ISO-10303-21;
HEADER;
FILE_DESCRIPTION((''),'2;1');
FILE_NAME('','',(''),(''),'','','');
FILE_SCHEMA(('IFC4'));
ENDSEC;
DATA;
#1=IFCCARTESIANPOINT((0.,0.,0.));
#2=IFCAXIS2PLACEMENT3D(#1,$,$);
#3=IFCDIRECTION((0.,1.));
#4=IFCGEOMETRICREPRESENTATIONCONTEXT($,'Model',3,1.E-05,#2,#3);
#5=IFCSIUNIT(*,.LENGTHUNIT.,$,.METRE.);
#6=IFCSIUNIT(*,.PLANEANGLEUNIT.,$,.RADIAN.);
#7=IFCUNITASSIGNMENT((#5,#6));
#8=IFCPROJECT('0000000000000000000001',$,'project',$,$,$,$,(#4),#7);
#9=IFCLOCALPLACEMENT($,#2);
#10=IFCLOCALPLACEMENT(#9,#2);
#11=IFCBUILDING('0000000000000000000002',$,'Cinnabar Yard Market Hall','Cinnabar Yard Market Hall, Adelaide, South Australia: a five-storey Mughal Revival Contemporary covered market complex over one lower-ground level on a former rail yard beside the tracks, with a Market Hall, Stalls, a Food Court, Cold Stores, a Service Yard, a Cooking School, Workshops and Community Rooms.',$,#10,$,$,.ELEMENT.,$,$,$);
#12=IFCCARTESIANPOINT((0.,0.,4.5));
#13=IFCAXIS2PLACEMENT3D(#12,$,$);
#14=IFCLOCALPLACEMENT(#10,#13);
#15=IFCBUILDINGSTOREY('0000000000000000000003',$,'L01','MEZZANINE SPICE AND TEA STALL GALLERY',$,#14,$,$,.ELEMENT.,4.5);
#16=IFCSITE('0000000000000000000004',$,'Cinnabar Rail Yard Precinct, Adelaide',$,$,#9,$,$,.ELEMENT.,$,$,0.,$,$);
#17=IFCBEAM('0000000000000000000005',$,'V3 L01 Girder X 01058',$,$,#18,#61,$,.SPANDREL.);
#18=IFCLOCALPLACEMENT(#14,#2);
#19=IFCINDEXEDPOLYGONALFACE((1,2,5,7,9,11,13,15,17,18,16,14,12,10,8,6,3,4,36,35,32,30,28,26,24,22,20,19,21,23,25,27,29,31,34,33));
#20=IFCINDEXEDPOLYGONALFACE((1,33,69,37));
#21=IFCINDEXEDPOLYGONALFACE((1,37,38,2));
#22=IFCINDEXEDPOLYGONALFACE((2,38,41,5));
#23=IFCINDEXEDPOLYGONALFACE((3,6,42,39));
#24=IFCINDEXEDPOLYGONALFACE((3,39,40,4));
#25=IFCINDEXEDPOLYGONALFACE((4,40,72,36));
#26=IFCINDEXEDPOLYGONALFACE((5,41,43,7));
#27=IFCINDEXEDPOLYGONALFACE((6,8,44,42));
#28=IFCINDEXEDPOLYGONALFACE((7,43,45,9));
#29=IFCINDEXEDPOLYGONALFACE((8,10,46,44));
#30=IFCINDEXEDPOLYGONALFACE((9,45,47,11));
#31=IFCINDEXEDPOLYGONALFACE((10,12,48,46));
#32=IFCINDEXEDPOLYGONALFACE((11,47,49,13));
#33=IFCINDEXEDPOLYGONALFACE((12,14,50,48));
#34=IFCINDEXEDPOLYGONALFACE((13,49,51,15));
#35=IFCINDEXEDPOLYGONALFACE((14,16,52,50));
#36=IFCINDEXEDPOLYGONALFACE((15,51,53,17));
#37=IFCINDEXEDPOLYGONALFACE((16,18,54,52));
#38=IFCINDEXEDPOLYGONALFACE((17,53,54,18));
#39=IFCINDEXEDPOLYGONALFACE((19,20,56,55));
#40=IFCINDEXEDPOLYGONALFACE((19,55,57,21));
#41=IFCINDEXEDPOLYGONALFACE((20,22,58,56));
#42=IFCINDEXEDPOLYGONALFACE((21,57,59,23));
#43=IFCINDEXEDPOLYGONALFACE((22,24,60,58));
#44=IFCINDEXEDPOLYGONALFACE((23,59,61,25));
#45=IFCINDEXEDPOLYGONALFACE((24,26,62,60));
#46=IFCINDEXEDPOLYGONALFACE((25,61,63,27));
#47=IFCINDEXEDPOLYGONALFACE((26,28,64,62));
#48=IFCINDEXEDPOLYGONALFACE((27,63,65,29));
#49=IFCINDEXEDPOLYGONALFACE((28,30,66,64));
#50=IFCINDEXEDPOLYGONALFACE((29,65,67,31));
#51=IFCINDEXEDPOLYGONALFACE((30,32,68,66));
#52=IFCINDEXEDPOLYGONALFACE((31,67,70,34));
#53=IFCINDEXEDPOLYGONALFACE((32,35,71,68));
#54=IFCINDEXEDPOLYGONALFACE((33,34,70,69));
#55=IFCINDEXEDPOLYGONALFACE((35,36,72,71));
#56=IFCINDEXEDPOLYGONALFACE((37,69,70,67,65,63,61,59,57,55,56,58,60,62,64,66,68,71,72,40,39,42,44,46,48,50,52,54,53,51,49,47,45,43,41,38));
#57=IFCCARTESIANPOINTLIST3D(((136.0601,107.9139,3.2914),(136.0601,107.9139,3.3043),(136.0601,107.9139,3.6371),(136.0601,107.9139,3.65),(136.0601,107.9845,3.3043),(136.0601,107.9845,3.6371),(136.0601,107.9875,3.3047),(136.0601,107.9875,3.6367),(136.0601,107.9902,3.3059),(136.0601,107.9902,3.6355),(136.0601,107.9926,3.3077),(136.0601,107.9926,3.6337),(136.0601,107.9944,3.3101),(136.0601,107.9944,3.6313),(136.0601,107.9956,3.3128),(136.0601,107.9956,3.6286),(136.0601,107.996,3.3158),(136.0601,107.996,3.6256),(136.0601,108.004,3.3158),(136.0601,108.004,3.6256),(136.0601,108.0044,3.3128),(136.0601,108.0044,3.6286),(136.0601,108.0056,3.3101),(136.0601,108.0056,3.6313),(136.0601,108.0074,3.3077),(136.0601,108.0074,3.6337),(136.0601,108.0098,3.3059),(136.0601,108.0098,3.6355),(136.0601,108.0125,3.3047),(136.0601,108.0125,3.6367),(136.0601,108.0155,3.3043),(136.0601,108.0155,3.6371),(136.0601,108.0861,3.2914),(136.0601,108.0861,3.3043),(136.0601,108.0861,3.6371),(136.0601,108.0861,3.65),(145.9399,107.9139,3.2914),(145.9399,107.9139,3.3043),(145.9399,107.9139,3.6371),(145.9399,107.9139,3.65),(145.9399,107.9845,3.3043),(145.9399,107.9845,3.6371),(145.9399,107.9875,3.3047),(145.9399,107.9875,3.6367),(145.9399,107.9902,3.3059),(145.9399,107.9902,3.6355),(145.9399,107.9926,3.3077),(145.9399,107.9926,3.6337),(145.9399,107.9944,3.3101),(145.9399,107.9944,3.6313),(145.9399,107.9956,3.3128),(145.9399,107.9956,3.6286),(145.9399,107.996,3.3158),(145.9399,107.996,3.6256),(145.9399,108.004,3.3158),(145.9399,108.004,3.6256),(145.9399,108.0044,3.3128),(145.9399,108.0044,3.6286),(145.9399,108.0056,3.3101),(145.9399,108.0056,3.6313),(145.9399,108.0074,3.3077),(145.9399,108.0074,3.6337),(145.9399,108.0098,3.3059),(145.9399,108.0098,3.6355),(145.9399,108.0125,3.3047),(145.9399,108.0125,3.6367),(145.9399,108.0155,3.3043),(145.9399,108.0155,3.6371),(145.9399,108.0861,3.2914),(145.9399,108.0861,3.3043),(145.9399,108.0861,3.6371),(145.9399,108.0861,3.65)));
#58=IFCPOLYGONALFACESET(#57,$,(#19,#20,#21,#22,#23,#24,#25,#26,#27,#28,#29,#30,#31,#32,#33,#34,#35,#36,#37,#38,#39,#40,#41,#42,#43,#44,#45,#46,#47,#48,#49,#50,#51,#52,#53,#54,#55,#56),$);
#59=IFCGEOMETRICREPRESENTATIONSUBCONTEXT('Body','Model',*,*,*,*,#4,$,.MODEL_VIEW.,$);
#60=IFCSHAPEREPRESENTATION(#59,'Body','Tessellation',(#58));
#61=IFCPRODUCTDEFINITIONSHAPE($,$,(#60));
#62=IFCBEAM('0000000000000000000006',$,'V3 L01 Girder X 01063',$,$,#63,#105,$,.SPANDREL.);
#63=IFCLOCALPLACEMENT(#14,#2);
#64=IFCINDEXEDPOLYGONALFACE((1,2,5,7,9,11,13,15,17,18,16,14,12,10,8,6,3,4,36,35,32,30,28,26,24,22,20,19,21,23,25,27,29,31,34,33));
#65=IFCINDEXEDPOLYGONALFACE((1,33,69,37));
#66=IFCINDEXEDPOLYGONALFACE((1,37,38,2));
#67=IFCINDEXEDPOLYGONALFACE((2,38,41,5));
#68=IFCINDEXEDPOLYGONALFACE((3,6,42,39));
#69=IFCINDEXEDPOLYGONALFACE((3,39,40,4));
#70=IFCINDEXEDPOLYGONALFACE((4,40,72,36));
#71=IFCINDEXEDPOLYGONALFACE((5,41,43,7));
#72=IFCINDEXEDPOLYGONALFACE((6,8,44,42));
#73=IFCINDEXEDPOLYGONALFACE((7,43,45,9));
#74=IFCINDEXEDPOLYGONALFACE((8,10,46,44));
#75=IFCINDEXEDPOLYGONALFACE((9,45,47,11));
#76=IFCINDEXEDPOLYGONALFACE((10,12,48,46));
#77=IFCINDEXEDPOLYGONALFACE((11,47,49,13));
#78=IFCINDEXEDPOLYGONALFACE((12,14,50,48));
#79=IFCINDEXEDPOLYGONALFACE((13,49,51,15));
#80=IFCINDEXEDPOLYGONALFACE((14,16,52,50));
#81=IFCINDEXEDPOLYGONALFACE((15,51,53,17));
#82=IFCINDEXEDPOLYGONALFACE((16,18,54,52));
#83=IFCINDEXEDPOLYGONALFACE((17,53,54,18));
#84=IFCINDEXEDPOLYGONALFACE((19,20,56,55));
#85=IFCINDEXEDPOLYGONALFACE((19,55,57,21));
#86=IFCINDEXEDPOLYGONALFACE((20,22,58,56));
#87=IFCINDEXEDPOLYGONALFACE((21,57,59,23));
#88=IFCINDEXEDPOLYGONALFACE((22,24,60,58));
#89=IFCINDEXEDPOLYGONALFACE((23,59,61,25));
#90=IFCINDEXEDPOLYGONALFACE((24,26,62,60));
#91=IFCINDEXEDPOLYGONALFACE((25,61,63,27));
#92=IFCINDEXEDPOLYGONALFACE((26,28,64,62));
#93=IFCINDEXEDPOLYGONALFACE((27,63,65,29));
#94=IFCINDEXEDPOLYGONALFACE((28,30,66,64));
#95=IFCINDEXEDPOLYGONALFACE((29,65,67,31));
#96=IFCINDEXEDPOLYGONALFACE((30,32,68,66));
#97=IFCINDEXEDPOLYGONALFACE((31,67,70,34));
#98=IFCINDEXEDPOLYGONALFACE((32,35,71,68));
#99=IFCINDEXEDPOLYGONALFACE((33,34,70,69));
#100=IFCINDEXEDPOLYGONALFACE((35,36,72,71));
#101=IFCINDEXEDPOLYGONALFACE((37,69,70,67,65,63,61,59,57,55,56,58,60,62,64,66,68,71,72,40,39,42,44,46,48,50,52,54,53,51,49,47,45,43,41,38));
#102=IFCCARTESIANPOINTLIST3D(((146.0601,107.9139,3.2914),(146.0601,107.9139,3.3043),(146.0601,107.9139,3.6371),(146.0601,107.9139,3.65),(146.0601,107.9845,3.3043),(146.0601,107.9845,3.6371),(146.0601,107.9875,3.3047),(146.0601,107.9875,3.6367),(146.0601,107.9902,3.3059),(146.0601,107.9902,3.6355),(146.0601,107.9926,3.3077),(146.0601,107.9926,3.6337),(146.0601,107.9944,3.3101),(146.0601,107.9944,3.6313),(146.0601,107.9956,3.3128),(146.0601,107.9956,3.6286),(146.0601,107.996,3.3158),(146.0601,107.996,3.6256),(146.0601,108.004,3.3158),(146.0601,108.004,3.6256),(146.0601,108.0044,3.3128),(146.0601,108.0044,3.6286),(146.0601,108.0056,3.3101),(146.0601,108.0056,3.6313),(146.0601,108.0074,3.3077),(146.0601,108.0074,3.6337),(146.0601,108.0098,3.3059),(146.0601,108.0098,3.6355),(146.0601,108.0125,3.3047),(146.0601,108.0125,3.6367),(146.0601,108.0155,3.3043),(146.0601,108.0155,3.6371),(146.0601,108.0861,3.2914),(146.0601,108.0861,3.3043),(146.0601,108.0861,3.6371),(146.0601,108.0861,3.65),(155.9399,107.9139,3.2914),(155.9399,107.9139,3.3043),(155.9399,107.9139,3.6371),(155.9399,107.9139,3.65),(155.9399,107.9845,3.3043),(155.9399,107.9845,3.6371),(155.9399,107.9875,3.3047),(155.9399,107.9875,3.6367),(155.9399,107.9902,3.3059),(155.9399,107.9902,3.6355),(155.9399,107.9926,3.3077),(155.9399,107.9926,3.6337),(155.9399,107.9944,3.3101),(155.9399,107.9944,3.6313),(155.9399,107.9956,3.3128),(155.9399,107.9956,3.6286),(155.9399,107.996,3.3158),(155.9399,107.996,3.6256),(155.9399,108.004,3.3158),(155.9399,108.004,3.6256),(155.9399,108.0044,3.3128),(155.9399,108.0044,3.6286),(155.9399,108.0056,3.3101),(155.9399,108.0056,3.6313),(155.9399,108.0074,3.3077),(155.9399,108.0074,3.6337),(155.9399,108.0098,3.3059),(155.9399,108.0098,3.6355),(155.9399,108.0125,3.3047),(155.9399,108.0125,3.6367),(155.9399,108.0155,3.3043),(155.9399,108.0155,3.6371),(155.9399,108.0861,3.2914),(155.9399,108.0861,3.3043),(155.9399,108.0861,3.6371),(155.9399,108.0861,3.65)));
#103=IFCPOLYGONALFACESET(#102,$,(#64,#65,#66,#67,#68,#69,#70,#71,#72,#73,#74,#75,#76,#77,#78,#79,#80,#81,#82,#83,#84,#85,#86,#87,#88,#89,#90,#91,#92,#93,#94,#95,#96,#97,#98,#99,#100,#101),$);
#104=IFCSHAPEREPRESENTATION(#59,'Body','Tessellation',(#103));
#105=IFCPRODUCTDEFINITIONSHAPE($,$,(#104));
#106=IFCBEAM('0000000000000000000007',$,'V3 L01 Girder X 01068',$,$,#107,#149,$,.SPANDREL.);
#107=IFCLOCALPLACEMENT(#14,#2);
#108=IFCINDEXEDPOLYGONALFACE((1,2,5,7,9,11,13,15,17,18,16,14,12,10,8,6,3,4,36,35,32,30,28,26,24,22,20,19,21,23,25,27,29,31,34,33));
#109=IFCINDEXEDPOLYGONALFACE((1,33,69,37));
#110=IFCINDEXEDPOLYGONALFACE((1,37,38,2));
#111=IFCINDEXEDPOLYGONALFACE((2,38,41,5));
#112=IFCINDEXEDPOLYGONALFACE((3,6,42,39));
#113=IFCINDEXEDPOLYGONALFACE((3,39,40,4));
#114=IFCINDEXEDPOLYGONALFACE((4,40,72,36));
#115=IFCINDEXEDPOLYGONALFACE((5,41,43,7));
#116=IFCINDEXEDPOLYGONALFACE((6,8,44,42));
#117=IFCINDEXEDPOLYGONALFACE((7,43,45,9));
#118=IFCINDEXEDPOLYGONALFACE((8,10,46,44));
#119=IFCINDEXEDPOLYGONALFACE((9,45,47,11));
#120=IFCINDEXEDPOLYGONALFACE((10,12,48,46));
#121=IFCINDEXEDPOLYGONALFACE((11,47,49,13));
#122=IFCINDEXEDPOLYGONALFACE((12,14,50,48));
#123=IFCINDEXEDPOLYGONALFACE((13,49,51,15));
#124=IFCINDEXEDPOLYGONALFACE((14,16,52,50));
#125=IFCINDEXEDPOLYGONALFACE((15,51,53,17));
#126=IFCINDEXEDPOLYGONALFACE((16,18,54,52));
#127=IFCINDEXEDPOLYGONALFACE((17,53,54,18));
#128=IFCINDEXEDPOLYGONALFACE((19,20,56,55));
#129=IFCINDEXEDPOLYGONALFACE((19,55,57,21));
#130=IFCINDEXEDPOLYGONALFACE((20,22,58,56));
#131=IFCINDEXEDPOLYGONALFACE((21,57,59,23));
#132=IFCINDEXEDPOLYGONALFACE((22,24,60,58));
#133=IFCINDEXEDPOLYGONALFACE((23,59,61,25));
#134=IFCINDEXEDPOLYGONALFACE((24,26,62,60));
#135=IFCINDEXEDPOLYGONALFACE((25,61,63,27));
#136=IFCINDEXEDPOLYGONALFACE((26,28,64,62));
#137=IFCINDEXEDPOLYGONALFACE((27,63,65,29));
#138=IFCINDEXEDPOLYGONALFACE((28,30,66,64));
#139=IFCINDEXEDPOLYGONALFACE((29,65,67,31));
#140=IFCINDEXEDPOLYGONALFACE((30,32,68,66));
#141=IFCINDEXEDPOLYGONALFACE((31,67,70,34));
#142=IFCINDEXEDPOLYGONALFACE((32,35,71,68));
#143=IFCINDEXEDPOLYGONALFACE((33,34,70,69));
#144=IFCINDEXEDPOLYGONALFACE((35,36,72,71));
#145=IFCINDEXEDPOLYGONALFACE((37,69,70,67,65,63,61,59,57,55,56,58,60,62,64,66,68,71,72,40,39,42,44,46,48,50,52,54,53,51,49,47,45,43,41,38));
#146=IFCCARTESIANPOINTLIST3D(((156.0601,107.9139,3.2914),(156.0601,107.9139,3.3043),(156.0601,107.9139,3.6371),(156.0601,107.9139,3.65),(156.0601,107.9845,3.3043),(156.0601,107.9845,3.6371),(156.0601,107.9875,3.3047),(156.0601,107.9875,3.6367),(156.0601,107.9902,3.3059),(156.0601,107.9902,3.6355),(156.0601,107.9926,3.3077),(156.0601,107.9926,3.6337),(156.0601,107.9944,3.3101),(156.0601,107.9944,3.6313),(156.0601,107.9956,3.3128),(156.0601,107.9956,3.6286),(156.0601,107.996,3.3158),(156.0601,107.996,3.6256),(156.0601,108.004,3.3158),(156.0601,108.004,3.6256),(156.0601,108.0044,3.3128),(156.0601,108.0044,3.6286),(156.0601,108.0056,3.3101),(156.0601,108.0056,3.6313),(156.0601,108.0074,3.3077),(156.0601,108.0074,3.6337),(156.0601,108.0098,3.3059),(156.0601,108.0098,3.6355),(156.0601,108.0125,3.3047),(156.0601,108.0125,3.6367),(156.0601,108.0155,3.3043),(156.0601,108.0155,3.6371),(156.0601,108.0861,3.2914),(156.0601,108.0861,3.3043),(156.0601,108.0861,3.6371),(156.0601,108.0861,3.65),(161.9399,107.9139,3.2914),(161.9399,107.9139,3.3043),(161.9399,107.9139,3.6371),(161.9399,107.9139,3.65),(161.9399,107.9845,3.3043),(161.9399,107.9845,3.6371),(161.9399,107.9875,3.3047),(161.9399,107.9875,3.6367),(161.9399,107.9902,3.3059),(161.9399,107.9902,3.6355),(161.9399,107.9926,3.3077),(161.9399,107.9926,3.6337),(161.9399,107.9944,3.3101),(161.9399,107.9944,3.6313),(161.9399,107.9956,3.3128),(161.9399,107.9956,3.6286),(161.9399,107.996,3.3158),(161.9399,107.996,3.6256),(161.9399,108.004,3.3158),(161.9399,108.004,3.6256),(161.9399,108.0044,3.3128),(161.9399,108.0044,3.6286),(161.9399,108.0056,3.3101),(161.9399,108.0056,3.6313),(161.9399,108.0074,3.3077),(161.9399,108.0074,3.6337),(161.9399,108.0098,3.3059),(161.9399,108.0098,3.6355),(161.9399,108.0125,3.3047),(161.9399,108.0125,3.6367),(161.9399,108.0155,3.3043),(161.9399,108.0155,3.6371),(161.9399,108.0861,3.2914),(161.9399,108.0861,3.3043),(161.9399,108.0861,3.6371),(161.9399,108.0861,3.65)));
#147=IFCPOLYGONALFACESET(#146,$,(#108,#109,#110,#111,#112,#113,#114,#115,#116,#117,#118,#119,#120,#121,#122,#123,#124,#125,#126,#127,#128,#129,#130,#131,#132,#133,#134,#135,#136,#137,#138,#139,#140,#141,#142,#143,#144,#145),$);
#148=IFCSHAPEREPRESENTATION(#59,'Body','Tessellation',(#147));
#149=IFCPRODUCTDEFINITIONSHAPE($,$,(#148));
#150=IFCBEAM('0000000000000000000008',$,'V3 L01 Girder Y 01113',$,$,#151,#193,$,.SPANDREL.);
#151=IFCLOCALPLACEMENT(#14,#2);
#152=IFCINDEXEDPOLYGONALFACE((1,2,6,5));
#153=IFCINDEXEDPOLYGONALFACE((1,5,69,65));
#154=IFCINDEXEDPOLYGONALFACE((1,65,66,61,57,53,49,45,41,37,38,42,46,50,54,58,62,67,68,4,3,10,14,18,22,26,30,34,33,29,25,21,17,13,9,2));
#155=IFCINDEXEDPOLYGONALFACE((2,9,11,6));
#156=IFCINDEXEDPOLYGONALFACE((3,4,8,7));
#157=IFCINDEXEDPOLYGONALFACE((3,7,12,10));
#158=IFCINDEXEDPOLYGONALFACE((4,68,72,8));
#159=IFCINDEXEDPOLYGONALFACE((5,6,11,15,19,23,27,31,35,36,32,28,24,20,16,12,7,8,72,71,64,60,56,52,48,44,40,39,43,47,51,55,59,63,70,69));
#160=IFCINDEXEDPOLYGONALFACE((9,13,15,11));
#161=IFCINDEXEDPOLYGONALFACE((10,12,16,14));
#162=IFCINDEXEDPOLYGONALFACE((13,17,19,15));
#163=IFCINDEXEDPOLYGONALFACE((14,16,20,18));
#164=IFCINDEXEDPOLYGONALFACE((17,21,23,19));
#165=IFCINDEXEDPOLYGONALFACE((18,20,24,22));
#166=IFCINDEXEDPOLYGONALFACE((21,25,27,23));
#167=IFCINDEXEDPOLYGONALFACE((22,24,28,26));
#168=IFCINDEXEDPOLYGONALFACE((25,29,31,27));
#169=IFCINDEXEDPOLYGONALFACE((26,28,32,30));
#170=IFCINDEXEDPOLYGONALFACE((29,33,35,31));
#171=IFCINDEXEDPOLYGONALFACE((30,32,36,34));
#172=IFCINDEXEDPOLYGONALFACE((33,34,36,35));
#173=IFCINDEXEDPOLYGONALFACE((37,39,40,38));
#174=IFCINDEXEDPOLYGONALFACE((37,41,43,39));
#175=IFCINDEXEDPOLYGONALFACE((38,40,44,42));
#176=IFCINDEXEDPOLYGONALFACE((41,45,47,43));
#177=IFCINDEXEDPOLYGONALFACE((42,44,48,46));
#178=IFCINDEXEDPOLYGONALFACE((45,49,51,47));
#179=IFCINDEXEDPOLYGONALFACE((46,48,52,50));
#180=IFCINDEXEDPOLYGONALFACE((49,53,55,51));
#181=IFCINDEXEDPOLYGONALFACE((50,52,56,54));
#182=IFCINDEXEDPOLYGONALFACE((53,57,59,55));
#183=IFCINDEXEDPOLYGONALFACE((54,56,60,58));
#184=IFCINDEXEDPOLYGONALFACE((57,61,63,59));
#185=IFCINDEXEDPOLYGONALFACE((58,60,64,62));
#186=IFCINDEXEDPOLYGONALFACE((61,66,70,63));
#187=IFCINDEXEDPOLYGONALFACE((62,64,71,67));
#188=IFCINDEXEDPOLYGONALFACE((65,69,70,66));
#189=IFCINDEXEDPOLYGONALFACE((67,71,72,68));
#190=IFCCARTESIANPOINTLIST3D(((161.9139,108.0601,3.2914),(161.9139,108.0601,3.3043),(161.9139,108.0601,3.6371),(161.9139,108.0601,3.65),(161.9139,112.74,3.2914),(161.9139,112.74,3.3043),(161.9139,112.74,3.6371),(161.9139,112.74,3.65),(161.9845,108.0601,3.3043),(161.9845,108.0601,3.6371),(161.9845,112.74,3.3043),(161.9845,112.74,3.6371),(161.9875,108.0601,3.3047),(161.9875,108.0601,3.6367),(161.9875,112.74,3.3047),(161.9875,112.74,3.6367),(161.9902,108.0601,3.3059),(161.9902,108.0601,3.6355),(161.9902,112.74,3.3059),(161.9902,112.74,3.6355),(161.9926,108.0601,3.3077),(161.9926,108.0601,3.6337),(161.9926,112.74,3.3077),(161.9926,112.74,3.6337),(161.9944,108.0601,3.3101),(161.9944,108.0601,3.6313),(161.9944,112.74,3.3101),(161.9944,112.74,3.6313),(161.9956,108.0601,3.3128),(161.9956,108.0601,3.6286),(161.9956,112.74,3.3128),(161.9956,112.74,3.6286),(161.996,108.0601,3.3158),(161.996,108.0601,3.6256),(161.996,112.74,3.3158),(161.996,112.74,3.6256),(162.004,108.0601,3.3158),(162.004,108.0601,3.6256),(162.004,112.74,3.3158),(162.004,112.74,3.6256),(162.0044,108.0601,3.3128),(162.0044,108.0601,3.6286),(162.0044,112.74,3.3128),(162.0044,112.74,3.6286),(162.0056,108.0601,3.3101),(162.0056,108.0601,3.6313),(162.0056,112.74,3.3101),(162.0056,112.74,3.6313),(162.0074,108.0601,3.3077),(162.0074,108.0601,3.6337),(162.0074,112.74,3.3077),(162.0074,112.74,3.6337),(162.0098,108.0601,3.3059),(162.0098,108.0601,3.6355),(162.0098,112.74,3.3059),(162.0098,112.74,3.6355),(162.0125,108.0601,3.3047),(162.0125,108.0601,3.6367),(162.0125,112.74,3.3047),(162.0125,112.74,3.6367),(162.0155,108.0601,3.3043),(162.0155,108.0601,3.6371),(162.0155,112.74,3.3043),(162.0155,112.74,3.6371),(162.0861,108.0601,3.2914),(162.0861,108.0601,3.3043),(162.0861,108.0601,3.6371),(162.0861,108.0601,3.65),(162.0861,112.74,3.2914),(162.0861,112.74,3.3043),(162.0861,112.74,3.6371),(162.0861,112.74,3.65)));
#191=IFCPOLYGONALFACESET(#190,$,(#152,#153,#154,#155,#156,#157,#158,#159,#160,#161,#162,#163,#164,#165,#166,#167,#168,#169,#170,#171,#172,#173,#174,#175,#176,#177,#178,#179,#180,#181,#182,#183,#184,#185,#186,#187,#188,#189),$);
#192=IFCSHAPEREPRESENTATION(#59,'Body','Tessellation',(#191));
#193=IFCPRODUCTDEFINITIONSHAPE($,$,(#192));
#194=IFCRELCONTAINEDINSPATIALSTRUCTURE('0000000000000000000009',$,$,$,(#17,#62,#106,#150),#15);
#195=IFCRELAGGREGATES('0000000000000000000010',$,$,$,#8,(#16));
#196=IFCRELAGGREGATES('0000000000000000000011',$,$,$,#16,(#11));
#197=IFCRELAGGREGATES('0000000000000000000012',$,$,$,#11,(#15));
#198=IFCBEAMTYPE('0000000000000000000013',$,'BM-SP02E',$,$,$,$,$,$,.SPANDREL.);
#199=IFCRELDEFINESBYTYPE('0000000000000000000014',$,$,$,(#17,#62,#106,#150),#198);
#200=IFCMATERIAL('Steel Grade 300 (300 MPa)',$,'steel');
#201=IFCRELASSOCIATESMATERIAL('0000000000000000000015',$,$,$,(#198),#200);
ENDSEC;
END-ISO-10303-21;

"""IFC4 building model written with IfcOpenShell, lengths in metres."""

from ifc_helpers import new_model, si_unit, direction, frame, origin, origin_2d_with_axis, place, context, subcontext, project, spatial, i_section, extrude, material, material_profile, profile_set, type_object, element, save


model = new_model("IFC4")

# Units and contexts
model_context = context("Model", 3, precision=1e-05, world=origin(), true_north=direction((0.0, 1.0)))
body_context = subcontext(model_context, "Body", "Model", "MODEL_VIEW")
ifc_project = project(units=[si_unit("LENGTHUNIT", "METRE"), si_unit("PLANEANGLEUNIT", "RADIAN")], contexts=[model_context])

# Site, building, storey
site_placement = place(None, origin())
site = spatial("IfcSite", under=ifc_project, at=site_placement, Name="Cinnabar Rail Yard Precinct, Adelaide", CompositionType="ELEMENT", RefElevation=0.0)
building_placement = place(site_placement, origin())
building = spatial("IfcBuilding", under=site, at=building_placement, Name="Cinnabar Yard Market Hall", Description="Cinnabar Yard Market Hall, Adelaide, South Australia: a five-storey Mughal Revival Contemporary covered market complex over one lower-ground level on a former rail yard beside the tracks, with a Market Hall, Stalls, a Food Court, Cold Stores, a Service Yard, a Cooking School, Workshops and Community Rooms.", CompositionType="ELEMENT")
storey_placement = place(building_placement, frame((0.0, 0.0, 4.5)))
storey = spatial("IfcBuildingStorey", under=building, at=storey_placement, Name="L01", Description="MEZZANINE SPICE AND TEA STALL GALLERY", CompositionType="ELEMENT", Elevation=4.5)

# Shared definitions
ifc_material_1 = material(Name="Steel Grade 300 (300 MPa)", Category="steel")

# Beams
ifc_material_profile_1 = material_profile(ifc_material_1, i_section(OverallWidth=0.1721, OverallDepth=0.3586, WebThickness=0.0081, FlangeThickness=0.0129, FilletRadius=0.0115, at=origin_2d_with_axis()), Name="360UB56.7")
ifc_profile_set_1 = profile_set([ifc_material_profile_1], Name="Steel Grade 300 (300 MPa)")
beam_type_1 = type_object("IfcBeamType", Name="BM-SP02E", PredefinedType="SPANDREL", material=ifc_profile_set_1)
for number, where, z_axis, x_axis, name in (
    (1, (136.0601, 108.0, 3.4707), (1.0, 0.0, 0.0), (0.0, 1.0, 0.0), "V3 L01 Girder X 01058"),
    (2, (146.0601, 108.0, 3.4707), (1.0, 0.0, 0.0), (0.0, 1.0, 0.0), "V3 L01 Girder X 01063"),
):
    element("IfcBeam", number, at=place(storey_placement, frame(where, z_axis=z_axis, x_axis=x_axis)), inside=storey, type_object=beam_type_1, Name=name, PredefinedType="SPANDREL", context=body_context, shape_type="SweptSolid", body=[
        extrude(i_section(OverallWidth=0.1721, OverallDepth=0.3586, WebThickness=0.0081, FlangeThickness=0.0129, FilletRadius=0.0115, at=origin_2d_with_axis()), origin(), (0.0, 0.0, 1.0), 9.8799),
    ])
beam_1_placement = place(storey_placement, frame((156.0601, 108.0, 3.4707), z_axis=(1.0, 0.0, 0.0), x_axis=(0.0, 1.0, 0.0)))
element("IfcBeam", 3, at=beam_1_placement, inside=storey, type_object=beam_type_1, Name="V3 L01 Girder X 01068", PredefinedType="SPANDREL", context=body_context, shape_type="SweptSolid", body=[
    extrude(i_section(OverallWidth=0.1721, OverallDepth=0.3586, WebThickness=0.0081, FlangeThickness=0.0129, FilletRadius=0.0115, at=origin_2d_with_axis()), origin(), (0.0, 0.0, 1.0), 5.8799),
])
beam_2_placement = place(storey_placement, frame((162.0, 108.0601, 3.4707), z_axis=(0.0, 1.0, 0.0), x_axis=(-1.0, 0.0, 0.0)))
element("IfcBeam", 4, at=beam_2_placement, inside=storey, type_object=beam_type_1, Name="V3 L01 Girder Y 01113", PredefinedType="SPANDREL", context=body_context, shape_type="SweptSolid", body=[
    extrude(i_section(OverallWidth=0.1721, OverallDepth=0.3586, WebThickness=0.0081, FlangeThickness=0.0129, FilletRadius=0.0115, at=origin_2d_with_axis()), origin(), (0.0, 0.0, 1.0), 4.6799),
])

save(model, "model.ifc")
